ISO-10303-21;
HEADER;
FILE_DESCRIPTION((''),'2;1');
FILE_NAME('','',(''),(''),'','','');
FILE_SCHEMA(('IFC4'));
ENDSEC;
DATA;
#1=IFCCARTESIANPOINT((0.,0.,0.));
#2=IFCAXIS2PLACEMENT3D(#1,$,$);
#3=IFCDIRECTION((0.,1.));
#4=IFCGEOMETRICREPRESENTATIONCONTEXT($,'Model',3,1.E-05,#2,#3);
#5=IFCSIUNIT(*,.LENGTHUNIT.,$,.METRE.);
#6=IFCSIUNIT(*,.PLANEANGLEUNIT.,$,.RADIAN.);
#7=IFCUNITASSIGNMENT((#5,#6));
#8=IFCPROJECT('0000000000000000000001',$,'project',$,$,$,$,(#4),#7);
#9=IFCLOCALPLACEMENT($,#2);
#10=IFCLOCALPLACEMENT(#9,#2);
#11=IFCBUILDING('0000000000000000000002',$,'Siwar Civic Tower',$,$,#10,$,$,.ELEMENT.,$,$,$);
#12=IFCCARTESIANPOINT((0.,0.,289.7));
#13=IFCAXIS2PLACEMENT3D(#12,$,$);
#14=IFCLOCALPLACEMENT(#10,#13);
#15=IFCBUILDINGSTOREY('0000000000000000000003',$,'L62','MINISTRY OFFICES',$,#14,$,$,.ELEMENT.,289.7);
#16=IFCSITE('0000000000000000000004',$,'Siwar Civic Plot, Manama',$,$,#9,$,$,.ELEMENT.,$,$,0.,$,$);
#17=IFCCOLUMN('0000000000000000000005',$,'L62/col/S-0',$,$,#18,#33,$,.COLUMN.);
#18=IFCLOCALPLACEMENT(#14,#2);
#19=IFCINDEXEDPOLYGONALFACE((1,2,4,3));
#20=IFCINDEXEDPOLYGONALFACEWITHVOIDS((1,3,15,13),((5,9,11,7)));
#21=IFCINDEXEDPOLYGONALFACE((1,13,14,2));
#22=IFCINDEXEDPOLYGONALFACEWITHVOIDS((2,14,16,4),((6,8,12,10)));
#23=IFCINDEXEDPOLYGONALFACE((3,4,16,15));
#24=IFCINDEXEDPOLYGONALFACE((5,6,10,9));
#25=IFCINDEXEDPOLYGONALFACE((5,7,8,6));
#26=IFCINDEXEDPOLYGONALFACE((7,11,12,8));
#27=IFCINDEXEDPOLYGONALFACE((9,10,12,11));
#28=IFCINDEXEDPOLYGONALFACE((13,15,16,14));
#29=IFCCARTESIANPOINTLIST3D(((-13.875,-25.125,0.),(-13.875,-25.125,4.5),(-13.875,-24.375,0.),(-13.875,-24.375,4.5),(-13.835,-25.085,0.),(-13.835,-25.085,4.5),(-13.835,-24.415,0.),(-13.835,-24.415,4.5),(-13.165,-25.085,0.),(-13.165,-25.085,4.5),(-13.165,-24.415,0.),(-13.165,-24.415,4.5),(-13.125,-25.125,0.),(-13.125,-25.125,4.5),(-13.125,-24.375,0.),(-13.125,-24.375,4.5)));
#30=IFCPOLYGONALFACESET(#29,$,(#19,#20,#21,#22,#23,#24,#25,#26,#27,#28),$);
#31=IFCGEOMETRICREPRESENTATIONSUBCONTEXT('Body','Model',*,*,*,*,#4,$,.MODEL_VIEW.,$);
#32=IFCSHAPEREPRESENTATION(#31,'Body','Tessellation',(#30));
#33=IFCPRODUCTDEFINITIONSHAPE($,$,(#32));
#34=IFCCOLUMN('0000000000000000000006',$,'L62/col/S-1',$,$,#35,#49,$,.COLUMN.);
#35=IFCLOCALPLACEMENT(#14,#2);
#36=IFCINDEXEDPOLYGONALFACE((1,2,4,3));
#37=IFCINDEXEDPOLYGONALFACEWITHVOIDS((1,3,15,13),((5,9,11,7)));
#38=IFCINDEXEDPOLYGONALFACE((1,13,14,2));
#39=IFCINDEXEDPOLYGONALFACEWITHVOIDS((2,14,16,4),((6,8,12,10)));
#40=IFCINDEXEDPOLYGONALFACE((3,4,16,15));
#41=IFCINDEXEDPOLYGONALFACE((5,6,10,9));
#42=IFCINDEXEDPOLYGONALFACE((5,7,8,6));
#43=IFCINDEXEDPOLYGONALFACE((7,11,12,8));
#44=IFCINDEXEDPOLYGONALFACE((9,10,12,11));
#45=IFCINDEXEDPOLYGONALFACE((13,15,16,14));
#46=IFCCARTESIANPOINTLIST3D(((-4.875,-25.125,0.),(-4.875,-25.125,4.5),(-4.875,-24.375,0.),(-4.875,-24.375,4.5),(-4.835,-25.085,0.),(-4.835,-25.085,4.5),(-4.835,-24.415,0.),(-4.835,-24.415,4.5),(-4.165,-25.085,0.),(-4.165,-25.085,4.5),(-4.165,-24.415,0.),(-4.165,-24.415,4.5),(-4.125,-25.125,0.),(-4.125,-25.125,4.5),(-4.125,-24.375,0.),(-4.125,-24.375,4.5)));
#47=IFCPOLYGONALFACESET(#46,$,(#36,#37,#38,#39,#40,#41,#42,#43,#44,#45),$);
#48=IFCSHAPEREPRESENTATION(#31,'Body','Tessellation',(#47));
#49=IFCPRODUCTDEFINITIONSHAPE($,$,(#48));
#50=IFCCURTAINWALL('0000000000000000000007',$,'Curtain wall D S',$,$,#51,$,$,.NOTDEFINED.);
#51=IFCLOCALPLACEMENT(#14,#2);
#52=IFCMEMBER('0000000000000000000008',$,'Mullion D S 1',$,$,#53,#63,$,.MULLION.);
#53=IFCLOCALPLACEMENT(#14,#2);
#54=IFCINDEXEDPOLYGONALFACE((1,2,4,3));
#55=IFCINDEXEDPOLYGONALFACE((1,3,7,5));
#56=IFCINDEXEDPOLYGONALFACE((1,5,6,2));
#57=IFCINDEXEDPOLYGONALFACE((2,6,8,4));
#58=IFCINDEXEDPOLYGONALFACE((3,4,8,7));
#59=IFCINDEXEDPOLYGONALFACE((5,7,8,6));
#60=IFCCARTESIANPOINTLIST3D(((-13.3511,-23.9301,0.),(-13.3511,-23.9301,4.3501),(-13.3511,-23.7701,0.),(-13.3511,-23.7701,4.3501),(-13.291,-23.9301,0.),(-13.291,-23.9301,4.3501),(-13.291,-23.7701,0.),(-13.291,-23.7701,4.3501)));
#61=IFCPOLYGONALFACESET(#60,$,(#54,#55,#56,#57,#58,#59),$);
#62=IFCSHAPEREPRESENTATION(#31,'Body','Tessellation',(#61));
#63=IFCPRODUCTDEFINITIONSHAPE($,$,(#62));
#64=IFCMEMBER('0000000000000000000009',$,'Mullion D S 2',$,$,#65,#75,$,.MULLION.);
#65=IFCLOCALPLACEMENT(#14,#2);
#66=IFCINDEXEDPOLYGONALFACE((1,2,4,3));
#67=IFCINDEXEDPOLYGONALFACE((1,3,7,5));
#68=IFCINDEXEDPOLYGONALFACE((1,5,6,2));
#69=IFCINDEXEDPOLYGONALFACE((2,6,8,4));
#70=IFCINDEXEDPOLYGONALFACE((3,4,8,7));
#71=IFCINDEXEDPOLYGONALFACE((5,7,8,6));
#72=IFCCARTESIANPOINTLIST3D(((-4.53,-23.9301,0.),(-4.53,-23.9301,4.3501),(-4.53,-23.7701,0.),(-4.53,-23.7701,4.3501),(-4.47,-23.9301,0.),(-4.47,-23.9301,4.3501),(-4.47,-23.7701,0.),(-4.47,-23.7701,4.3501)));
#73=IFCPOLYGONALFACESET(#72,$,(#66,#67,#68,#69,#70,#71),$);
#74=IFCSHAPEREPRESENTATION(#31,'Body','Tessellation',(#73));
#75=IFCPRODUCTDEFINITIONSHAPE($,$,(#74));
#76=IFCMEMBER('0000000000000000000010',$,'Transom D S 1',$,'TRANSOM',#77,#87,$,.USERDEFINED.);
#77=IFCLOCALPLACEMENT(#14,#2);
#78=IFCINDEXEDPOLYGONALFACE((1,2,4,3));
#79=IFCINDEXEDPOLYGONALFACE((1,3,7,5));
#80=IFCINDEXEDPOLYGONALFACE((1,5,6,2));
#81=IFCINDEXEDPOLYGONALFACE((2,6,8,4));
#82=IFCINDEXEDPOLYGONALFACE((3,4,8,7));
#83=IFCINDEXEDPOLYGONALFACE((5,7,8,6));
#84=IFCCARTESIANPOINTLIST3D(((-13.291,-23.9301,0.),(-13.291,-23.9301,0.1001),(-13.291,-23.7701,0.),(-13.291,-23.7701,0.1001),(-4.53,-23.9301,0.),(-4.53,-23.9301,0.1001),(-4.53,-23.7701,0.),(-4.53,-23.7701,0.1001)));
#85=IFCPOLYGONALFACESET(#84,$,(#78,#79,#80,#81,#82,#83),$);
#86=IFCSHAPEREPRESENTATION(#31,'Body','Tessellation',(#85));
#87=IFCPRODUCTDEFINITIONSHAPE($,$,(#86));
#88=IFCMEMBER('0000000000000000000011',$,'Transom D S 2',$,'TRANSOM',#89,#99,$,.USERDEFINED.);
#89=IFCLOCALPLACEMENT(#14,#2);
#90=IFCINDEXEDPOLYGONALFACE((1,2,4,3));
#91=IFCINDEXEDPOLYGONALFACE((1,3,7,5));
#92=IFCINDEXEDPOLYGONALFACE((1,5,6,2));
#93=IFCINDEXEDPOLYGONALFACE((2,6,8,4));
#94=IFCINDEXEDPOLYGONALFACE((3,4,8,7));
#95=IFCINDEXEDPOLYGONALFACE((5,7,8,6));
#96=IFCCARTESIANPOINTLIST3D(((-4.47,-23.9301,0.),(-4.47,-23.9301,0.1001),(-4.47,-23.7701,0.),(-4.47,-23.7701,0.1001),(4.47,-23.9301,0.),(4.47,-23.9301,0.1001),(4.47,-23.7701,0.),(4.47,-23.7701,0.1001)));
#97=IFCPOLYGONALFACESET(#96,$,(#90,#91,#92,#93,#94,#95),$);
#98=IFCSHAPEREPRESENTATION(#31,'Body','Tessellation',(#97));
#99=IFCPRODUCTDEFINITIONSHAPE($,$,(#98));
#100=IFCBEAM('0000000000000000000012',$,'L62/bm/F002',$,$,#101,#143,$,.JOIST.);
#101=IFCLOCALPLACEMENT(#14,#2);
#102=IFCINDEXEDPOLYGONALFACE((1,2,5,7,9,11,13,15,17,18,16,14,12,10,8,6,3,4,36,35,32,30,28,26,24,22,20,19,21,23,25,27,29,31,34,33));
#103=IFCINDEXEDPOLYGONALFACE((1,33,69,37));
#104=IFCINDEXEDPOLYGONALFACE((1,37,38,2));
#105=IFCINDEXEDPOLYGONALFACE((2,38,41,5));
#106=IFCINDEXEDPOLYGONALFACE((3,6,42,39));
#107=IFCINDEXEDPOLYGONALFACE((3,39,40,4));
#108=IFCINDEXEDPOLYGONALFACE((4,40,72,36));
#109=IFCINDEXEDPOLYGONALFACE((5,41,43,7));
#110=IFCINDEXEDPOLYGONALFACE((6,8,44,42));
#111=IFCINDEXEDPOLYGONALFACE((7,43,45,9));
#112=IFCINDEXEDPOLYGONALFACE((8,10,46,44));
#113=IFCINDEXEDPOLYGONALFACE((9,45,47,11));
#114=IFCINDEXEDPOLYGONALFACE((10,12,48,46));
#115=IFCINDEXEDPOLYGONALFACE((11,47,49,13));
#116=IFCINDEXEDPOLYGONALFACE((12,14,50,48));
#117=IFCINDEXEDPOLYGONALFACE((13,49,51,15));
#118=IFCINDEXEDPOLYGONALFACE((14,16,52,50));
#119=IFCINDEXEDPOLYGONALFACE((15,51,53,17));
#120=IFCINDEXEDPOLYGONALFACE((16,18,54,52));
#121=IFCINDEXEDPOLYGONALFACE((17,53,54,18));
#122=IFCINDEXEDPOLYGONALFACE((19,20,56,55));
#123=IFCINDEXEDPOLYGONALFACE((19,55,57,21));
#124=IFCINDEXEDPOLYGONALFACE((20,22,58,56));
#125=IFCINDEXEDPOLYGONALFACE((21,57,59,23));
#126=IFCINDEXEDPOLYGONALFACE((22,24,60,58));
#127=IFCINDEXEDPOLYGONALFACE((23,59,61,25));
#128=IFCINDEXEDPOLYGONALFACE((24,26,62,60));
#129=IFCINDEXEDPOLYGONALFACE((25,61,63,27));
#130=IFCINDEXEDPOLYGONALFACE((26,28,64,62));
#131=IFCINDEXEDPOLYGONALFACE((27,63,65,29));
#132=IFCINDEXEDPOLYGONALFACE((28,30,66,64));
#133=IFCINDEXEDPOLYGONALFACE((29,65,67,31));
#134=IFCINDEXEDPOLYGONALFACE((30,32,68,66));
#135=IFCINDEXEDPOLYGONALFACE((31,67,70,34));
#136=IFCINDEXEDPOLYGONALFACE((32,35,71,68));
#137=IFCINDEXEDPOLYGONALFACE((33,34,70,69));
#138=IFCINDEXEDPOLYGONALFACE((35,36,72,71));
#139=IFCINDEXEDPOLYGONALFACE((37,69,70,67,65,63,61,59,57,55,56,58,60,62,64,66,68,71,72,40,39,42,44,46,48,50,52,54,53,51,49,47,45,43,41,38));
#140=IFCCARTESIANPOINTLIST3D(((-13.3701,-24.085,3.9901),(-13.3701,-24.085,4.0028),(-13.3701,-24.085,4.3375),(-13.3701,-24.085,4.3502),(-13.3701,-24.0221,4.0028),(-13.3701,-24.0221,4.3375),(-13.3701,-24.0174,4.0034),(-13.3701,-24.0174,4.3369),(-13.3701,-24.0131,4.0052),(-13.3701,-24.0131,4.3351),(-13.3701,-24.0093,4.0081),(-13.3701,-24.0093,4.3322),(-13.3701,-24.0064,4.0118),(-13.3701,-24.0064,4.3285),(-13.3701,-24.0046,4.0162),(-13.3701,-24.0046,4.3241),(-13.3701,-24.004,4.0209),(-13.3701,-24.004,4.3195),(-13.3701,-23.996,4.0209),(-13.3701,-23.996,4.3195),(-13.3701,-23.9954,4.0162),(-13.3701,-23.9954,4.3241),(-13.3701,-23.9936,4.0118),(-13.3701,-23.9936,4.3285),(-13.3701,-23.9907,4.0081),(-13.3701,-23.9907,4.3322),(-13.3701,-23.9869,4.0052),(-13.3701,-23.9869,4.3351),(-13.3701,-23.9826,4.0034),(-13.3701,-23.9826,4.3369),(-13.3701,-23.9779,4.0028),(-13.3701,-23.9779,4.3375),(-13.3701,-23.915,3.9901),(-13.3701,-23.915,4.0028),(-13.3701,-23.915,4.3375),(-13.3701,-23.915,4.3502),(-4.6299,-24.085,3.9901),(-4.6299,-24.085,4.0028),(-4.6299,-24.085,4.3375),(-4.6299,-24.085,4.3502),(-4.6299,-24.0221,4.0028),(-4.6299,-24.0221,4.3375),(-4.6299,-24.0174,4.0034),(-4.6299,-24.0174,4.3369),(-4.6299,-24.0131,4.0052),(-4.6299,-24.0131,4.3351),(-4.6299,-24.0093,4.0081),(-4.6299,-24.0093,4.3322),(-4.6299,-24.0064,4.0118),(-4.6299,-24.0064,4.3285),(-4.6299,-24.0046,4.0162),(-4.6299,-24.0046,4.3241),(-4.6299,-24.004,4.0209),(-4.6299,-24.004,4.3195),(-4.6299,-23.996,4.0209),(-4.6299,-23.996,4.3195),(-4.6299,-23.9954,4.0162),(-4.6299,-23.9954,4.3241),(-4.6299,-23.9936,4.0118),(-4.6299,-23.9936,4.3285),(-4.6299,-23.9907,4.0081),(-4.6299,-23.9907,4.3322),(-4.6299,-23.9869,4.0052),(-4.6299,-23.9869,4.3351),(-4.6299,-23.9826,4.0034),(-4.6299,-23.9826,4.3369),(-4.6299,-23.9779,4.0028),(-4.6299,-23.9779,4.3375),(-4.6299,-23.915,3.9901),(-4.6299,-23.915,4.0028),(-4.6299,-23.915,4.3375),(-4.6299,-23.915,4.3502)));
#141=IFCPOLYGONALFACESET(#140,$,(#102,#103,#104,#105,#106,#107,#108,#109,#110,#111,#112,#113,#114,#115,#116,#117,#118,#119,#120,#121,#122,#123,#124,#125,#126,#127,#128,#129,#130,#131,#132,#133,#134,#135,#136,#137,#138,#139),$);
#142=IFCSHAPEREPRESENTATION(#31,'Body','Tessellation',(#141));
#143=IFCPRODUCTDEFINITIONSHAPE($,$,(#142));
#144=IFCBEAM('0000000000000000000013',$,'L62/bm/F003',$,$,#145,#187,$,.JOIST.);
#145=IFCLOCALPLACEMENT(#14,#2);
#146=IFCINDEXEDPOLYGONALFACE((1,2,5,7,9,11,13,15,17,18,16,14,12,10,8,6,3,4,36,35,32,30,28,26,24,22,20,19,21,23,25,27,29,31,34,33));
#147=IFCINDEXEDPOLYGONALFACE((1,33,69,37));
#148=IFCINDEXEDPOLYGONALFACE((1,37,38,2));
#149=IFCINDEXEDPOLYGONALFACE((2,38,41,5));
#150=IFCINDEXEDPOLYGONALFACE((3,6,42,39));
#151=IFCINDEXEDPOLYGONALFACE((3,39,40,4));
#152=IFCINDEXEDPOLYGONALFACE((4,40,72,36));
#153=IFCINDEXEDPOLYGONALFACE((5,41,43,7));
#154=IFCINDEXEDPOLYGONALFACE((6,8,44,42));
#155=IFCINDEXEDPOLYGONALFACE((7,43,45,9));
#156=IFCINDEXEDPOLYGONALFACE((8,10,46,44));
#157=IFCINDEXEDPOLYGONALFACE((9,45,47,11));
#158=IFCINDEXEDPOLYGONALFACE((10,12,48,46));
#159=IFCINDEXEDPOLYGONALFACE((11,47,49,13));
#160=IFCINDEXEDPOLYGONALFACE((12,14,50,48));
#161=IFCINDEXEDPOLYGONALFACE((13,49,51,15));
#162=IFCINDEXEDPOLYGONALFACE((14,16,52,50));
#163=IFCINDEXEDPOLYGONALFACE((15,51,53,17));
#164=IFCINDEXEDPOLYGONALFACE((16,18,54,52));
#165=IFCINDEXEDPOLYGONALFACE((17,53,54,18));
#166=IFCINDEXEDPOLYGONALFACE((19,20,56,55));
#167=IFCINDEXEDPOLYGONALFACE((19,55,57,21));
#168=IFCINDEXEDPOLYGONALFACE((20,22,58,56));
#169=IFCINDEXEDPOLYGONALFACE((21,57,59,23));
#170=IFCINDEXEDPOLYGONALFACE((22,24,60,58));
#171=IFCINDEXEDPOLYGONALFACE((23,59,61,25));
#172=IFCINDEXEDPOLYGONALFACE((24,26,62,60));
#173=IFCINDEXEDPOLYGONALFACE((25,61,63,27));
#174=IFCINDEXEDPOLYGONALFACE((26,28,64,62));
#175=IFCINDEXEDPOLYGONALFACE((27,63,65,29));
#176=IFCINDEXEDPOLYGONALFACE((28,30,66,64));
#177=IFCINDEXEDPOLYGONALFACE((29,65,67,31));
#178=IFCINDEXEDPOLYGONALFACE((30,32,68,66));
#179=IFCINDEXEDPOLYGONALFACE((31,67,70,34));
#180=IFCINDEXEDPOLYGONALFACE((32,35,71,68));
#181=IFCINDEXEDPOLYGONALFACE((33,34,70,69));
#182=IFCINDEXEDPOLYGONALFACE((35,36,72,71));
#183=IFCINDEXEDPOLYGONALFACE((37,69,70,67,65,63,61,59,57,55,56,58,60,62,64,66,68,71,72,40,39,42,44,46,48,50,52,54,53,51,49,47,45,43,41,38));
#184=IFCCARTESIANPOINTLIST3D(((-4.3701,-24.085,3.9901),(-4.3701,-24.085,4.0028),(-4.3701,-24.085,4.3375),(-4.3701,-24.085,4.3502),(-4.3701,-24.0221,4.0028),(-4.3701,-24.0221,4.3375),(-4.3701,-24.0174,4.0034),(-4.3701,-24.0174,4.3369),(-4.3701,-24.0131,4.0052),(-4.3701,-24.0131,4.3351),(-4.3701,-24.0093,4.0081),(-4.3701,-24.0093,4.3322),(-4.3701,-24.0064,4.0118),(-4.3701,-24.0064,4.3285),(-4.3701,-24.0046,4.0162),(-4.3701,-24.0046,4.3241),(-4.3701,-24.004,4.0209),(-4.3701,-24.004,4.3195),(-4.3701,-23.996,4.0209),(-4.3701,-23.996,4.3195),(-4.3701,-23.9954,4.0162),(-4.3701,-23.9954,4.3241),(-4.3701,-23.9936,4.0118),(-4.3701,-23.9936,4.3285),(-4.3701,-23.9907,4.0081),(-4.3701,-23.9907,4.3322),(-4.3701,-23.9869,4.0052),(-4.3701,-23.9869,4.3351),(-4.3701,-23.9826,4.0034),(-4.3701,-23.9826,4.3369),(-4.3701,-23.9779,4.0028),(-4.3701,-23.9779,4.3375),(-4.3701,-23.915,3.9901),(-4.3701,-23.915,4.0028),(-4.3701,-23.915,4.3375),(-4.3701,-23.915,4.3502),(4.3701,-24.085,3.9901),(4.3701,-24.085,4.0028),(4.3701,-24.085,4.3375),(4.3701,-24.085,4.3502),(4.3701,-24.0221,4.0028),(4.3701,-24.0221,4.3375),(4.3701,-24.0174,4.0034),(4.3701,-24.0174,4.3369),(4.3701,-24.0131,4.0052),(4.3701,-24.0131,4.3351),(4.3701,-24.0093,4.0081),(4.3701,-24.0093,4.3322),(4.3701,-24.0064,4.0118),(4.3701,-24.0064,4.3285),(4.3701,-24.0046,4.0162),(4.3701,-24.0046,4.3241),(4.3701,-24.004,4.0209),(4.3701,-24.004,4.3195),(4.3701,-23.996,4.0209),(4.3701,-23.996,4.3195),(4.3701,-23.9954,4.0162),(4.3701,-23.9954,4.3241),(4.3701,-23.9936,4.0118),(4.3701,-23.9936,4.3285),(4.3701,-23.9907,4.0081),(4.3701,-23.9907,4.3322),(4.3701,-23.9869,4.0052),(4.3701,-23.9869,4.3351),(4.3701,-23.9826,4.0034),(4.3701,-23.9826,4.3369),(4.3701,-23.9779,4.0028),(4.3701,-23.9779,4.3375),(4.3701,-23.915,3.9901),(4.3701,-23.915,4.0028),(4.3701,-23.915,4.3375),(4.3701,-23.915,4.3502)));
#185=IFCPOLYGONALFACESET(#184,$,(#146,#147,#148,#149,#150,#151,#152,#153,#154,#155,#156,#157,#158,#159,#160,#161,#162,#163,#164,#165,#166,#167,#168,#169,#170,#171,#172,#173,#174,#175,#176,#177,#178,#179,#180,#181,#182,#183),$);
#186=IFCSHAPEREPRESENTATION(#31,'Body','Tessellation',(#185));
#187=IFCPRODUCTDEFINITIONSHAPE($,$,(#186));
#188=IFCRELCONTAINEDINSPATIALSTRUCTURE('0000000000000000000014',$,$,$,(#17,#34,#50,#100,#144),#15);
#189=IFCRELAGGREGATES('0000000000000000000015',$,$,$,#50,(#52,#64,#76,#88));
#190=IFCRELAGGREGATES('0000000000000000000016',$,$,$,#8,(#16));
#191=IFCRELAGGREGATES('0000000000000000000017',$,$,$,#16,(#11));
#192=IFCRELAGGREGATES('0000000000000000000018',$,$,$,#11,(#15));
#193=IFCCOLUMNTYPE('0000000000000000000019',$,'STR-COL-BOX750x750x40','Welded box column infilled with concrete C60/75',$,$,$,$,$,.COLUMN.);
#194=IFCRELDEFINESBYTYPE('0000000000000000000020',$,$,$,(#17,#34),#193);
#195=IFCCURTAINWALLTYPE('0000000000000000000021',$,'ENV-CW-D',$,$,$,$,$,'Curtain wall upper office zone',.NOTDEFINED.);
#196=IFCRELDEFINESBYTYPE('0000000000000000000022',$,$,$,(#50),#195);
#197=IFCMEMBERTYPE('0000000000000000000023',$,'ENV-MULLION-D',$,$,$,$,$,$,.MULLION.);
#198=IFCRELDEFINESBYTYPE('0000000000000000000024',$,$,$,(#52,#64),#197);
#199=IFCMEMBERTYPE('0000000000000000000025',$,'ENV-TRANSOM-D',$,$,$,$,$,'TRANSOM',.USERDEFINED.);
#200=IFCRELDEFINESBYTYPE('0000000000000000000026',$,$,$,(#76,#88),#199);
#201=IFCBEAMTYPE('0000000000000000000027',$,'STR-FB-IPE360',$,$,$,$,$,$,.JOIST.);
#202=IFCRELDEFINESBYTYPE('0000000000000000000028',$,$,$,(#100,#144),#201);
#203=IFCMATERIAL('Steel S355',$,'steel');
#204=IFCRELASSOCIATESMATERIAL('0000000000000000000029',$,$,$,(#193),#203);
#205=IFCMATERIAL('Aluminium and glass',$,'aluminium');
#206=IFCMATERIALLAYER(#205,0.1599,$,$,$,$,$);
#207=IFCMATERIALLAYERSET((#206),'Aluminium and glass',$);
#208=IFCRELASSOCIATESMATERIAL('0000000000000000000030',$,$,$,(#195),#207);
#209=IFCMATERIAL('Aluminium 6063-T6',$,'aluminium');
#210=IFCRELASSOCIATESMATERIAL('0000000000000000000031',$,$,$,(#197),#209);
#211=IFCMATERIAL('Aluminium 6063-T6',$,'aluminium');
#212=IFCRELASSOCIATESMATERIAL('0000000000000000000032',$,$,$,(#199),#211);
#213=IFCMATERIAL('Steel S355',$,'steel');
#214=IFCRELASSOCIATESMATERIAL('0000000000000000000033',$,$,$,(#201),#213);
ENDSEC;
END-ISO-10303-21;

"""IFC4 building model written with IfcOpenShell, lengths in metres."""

from ifc_helpers import new_model, si_unit, direction, frame, origin, origin_2d, place, context, subcontext, project, spatial, rectangle, hollow_rectangle, i_section, extrude, material, layer, layer_set, material_profile, profile_set, type_object, element, aggregate, save


model = new_model("IFC4")

# Units and contexts
model_context = context("Model", 3, precision=1e-05, world=origin(), true_north=direction((0.0, 1.0)))
body_context = subcontext(model_context, "Body", "Model", "MODEL_VIEW")
ifc_project = project(units=[si_unit("LENGTHUNIT", "METRE"), si_unit("PLANEANGLEUNIT", "RADIAN")], contexts=[model_context])

# Site, building, storey
site_placement = place(None, origin())
site = spatial("IfcSite", under=ifc_project, at=site_placement, Name="Siwar Civic Plot, Manama", CompositionType="ELEMENT", RefElevation=0.0)
building_placement = place(site_placement, origin())
building = spatial("IfcBuilding", under=site, at=building_placement, Name="Siwar Civic Tower", CompositionType="ELEMENT")
storey_placement = place(building_placement, frame((0.0, 0.0, 289.7)))
storey = spatial("IfcBuildingStorey", under=building, at=storey_placement, Name="L62", Description="MINISTRY OFFICES", CompositionType="ELEMENT", Elevation=289.7)

# Columns
ifc_material_1 = material(Name="Steel S355", Category="steel")
ifc_material_profile_1 = material_profile(ifc_material_1, hollow_rectangle(XDim=0.75, YDim=0.75, WallThickness=0.04, at=origin_2d()), Name="BOX750x750x40")
ifc_profile_set_1 = profile_set([ifc_material_profile_1], Name="Steel S355")
column_type = type_object("IfcColumnType", Name="STR-COL-BOX750x750x40", Description="Welded box column infilled with concrete C60/75", PredefinedType="COLUMN", material=ifc_profile_set_1)
for number, where, z_axis, x_axis, name in (
    (1, (-13.5, -24.75, 0.0), (0.0, 0.0, 1.0), (1.0, 0.0, 0.0), "L62/col/S-0"),
    (2, (-4.5, -24.75, 0.0), (0.0, 0.0, 1.0), (1.0, 0.0, 0.0), "L62/col/S-1"),
):
    element("IfcColumn", number, at=place(storey_placement, frame(where, z_axis=z_axis, x_axis=x_axis)), inside=storey, type_object=column_type, Name=name, PredefinedType="COLUMN", context=body_context, shape_type="SweptSolid", body=[
        extrude(hollow_rectangle(XDim=0.75, YDim=0.75, WallThickness=0.04, at=origin_2d()), origin(), (0.0, 0.0, 1.0), 4.5),
    ])

# Curtain wall, members
ifc_material_2 = material(Name="Aluminium and glass", Category="aluminium")
ifc_layer_1 = layer(ifc_material_2, 0.1599)
ifc_layer_set_1 = layer_set([ifc_layer_1], Name="Aluminium and glass")
curtain_wall_type = type_object("IfcCurtainWallType", Name="ENV-CW-D", ElementType="Curtain wall upper office zone", PredefinedType="NOTDEFINED", material=ifc_layer_set_1)
curtain_wall_placement = place(storey_placement, origin())
curtain_wall = element("IfcCurtainWall", 3, at=curtain_wall_placement, inside=storey, type_object=curtain_wall_type, Name="Curtain wall D S", PredefinedType="NOTDEFINED")
ifc_material_3 = material(Name="Aluminium 6063-T6", Category="aluminium")
ifc_material_profile_2 = material_profile(ifc_material_3, rectangle(XDim=0.1599, YDim=0.0601, at=origin_2d()), Name="AL 160x60")
ifc_profile_set_2 = profile_set([ifc_material_profile_2], Name="Aluminium 6063-T6")
member_type_1 = type_object("IfcMemberType", Name="ENV-MULLION-D", PredefinedType="MULLION", material=ifc_profile_set_2)
member_1_placement = place(storey_placement, frame((-13.321, -23.8501, 0.0), z_axis=(0.0, 0.0, 1.0), x_axis=(0.0, 1.0, 0.0)))
member_1 = element("IfcMember", 4, at=member_1_placement, type_object=member_type_1, Name="Mullion D S 1", PredefinedType="MULLION", context=body_context, shape_type="SweptSolid", body=[
    extrude(rectangle(XDim=0.1599, YDim=0.0601, at=origin_2d()), origin(), (0.0, 0.0, 1.0), 4.3501),
])
member_2_placement = place(storey_placement, frame((-4.5, -23.8501, 0.0), z_axis=(0.0, 0.0, 1.0), x_axis=(0.0, 1.0, 0.0)))
member_2 = element("IfcMember", 5, at=member_2_placement, type_object=member_type_1, Name="Mullion D S 2", PredefinedType="MULLION", context=body_context, shape_type="SweptSolid", body=[
    extrude(rectangle(XDim=0.1599, YDim=0.0601, at=origin_2d()), origin(), (0.0, 0.0, 1.0), 4.3501),
])
ifc_material_4 = material(Name="Aluminium 6063-T6", Category="aluminium")
ifc_material_profile_3 = material_profile(ifc_material_4, rectangle(XDim=0.1599, YDim=0.1001, at=origin_2d()), Name="AL 160x100")
ifc_profile_set_3 = profile_set([ifc_material_profile_3], Name="Aluminium 6063-T6")
member_type_2 = type_object("IfcMemberType", Name="ENV-TRANSOM-D", ElementType="TRANSOM", PredefinedType="USERDEFINED", material=ifc_profile_set_3)
member_3_placement = place(storey_placement, frame((-13.291, -23.8501, 0.05), z_axis=(1.0, 0.0, 0.0), x_axis=(0.0, 1.0, 0.0)))
member_3 = element("IfcMember", 6, at=member_3_placement, type_object=member_type_2, Name="Transom D S 1", ObjectType="TRANSOM", PredefinedType="USERDEFINED", context=body_context, shape_type="SweptSolid", body=[
    extrude(rectangle(XDim=0.1599, YDim=0.1001, at=origin_2d()), origin(), (0.0, 0.0, 1.0), 8.761),
])
member_4_placement = place(storey_placement, frame((-4.47, -23.8501, 0.05), z_axis=(1.0, 0.0, 0.0), x_axis=(0.0, 1.0, 0.0)))
member_4 = element("IfcMember", 7, at=member_4_placement, type_object=member_type_2, Name="Transom D S 2", ObjectType="TRANSOM", PredefinedType="USERDEFINED", context=body_context, shape_type="SweptSolid", body=[
    extrude(rectangle(XDim=0.1599, YDim=0.1001, at=origin_2d()), origin(), (0.0, 0.0, 1.0), 8.9399),
])

# Beams
ifc_material_5 = material(Name="Steel S355", Category="steel")
ifc_material_profile_4 = material_profile(ifc_material_5, i_section(OverallWidth=0.1699, OverallDepth=0.3601, WebThickness=0.0081, FlangeThickness=0.0127, FilletRadius=0.0181, at=origin_2d()), Name="IPE360")
ifc_profile_set_4 = profile_set([ifc_material_profile_4], Name="Steel S355")
beam_type_1 = type_object("IfcBeamType", Name="STR-FB-IPE360", PredefinedType="JOIST", material=ifc_profile_set_4)
for number, where, z_axis, x_axis, name in (
    (8, (-13.3701, -24.0, 4.1702), (1.0, 0.0, 0.0), (0.0, 1.0, 0.0), "L62/bm/F002"),
    (9, (-4.3701, -24.0, 4.1702), (1.0, 0.0, 0.0), (0.0, 1.0, 0.0), "L62/bm/F003"),
):
    element("IfcBeam", number, at=place(storey_placement, frame(where, z_axis=z_axis, x_axis=x_axis)), inside=storey, type_object=beam_type_1, Name=name, PredefinedType="JOIST", context=body_context, shape_type="SweptSolid", body=[
        extrude(i_section(OverallWidth=0.1699, OverallDepth=0.3601, WebThickness=0.0081, FlangeThickness=0.0127, FilletRadius=0.0181, at=origin_2d()), origin(), (0.0, 0.0, 1.0), 8.7402),
    ])

aggregate(curtain_wall, [member_1, member_2, member_3, member_4])

save(model, "model.ifc")
